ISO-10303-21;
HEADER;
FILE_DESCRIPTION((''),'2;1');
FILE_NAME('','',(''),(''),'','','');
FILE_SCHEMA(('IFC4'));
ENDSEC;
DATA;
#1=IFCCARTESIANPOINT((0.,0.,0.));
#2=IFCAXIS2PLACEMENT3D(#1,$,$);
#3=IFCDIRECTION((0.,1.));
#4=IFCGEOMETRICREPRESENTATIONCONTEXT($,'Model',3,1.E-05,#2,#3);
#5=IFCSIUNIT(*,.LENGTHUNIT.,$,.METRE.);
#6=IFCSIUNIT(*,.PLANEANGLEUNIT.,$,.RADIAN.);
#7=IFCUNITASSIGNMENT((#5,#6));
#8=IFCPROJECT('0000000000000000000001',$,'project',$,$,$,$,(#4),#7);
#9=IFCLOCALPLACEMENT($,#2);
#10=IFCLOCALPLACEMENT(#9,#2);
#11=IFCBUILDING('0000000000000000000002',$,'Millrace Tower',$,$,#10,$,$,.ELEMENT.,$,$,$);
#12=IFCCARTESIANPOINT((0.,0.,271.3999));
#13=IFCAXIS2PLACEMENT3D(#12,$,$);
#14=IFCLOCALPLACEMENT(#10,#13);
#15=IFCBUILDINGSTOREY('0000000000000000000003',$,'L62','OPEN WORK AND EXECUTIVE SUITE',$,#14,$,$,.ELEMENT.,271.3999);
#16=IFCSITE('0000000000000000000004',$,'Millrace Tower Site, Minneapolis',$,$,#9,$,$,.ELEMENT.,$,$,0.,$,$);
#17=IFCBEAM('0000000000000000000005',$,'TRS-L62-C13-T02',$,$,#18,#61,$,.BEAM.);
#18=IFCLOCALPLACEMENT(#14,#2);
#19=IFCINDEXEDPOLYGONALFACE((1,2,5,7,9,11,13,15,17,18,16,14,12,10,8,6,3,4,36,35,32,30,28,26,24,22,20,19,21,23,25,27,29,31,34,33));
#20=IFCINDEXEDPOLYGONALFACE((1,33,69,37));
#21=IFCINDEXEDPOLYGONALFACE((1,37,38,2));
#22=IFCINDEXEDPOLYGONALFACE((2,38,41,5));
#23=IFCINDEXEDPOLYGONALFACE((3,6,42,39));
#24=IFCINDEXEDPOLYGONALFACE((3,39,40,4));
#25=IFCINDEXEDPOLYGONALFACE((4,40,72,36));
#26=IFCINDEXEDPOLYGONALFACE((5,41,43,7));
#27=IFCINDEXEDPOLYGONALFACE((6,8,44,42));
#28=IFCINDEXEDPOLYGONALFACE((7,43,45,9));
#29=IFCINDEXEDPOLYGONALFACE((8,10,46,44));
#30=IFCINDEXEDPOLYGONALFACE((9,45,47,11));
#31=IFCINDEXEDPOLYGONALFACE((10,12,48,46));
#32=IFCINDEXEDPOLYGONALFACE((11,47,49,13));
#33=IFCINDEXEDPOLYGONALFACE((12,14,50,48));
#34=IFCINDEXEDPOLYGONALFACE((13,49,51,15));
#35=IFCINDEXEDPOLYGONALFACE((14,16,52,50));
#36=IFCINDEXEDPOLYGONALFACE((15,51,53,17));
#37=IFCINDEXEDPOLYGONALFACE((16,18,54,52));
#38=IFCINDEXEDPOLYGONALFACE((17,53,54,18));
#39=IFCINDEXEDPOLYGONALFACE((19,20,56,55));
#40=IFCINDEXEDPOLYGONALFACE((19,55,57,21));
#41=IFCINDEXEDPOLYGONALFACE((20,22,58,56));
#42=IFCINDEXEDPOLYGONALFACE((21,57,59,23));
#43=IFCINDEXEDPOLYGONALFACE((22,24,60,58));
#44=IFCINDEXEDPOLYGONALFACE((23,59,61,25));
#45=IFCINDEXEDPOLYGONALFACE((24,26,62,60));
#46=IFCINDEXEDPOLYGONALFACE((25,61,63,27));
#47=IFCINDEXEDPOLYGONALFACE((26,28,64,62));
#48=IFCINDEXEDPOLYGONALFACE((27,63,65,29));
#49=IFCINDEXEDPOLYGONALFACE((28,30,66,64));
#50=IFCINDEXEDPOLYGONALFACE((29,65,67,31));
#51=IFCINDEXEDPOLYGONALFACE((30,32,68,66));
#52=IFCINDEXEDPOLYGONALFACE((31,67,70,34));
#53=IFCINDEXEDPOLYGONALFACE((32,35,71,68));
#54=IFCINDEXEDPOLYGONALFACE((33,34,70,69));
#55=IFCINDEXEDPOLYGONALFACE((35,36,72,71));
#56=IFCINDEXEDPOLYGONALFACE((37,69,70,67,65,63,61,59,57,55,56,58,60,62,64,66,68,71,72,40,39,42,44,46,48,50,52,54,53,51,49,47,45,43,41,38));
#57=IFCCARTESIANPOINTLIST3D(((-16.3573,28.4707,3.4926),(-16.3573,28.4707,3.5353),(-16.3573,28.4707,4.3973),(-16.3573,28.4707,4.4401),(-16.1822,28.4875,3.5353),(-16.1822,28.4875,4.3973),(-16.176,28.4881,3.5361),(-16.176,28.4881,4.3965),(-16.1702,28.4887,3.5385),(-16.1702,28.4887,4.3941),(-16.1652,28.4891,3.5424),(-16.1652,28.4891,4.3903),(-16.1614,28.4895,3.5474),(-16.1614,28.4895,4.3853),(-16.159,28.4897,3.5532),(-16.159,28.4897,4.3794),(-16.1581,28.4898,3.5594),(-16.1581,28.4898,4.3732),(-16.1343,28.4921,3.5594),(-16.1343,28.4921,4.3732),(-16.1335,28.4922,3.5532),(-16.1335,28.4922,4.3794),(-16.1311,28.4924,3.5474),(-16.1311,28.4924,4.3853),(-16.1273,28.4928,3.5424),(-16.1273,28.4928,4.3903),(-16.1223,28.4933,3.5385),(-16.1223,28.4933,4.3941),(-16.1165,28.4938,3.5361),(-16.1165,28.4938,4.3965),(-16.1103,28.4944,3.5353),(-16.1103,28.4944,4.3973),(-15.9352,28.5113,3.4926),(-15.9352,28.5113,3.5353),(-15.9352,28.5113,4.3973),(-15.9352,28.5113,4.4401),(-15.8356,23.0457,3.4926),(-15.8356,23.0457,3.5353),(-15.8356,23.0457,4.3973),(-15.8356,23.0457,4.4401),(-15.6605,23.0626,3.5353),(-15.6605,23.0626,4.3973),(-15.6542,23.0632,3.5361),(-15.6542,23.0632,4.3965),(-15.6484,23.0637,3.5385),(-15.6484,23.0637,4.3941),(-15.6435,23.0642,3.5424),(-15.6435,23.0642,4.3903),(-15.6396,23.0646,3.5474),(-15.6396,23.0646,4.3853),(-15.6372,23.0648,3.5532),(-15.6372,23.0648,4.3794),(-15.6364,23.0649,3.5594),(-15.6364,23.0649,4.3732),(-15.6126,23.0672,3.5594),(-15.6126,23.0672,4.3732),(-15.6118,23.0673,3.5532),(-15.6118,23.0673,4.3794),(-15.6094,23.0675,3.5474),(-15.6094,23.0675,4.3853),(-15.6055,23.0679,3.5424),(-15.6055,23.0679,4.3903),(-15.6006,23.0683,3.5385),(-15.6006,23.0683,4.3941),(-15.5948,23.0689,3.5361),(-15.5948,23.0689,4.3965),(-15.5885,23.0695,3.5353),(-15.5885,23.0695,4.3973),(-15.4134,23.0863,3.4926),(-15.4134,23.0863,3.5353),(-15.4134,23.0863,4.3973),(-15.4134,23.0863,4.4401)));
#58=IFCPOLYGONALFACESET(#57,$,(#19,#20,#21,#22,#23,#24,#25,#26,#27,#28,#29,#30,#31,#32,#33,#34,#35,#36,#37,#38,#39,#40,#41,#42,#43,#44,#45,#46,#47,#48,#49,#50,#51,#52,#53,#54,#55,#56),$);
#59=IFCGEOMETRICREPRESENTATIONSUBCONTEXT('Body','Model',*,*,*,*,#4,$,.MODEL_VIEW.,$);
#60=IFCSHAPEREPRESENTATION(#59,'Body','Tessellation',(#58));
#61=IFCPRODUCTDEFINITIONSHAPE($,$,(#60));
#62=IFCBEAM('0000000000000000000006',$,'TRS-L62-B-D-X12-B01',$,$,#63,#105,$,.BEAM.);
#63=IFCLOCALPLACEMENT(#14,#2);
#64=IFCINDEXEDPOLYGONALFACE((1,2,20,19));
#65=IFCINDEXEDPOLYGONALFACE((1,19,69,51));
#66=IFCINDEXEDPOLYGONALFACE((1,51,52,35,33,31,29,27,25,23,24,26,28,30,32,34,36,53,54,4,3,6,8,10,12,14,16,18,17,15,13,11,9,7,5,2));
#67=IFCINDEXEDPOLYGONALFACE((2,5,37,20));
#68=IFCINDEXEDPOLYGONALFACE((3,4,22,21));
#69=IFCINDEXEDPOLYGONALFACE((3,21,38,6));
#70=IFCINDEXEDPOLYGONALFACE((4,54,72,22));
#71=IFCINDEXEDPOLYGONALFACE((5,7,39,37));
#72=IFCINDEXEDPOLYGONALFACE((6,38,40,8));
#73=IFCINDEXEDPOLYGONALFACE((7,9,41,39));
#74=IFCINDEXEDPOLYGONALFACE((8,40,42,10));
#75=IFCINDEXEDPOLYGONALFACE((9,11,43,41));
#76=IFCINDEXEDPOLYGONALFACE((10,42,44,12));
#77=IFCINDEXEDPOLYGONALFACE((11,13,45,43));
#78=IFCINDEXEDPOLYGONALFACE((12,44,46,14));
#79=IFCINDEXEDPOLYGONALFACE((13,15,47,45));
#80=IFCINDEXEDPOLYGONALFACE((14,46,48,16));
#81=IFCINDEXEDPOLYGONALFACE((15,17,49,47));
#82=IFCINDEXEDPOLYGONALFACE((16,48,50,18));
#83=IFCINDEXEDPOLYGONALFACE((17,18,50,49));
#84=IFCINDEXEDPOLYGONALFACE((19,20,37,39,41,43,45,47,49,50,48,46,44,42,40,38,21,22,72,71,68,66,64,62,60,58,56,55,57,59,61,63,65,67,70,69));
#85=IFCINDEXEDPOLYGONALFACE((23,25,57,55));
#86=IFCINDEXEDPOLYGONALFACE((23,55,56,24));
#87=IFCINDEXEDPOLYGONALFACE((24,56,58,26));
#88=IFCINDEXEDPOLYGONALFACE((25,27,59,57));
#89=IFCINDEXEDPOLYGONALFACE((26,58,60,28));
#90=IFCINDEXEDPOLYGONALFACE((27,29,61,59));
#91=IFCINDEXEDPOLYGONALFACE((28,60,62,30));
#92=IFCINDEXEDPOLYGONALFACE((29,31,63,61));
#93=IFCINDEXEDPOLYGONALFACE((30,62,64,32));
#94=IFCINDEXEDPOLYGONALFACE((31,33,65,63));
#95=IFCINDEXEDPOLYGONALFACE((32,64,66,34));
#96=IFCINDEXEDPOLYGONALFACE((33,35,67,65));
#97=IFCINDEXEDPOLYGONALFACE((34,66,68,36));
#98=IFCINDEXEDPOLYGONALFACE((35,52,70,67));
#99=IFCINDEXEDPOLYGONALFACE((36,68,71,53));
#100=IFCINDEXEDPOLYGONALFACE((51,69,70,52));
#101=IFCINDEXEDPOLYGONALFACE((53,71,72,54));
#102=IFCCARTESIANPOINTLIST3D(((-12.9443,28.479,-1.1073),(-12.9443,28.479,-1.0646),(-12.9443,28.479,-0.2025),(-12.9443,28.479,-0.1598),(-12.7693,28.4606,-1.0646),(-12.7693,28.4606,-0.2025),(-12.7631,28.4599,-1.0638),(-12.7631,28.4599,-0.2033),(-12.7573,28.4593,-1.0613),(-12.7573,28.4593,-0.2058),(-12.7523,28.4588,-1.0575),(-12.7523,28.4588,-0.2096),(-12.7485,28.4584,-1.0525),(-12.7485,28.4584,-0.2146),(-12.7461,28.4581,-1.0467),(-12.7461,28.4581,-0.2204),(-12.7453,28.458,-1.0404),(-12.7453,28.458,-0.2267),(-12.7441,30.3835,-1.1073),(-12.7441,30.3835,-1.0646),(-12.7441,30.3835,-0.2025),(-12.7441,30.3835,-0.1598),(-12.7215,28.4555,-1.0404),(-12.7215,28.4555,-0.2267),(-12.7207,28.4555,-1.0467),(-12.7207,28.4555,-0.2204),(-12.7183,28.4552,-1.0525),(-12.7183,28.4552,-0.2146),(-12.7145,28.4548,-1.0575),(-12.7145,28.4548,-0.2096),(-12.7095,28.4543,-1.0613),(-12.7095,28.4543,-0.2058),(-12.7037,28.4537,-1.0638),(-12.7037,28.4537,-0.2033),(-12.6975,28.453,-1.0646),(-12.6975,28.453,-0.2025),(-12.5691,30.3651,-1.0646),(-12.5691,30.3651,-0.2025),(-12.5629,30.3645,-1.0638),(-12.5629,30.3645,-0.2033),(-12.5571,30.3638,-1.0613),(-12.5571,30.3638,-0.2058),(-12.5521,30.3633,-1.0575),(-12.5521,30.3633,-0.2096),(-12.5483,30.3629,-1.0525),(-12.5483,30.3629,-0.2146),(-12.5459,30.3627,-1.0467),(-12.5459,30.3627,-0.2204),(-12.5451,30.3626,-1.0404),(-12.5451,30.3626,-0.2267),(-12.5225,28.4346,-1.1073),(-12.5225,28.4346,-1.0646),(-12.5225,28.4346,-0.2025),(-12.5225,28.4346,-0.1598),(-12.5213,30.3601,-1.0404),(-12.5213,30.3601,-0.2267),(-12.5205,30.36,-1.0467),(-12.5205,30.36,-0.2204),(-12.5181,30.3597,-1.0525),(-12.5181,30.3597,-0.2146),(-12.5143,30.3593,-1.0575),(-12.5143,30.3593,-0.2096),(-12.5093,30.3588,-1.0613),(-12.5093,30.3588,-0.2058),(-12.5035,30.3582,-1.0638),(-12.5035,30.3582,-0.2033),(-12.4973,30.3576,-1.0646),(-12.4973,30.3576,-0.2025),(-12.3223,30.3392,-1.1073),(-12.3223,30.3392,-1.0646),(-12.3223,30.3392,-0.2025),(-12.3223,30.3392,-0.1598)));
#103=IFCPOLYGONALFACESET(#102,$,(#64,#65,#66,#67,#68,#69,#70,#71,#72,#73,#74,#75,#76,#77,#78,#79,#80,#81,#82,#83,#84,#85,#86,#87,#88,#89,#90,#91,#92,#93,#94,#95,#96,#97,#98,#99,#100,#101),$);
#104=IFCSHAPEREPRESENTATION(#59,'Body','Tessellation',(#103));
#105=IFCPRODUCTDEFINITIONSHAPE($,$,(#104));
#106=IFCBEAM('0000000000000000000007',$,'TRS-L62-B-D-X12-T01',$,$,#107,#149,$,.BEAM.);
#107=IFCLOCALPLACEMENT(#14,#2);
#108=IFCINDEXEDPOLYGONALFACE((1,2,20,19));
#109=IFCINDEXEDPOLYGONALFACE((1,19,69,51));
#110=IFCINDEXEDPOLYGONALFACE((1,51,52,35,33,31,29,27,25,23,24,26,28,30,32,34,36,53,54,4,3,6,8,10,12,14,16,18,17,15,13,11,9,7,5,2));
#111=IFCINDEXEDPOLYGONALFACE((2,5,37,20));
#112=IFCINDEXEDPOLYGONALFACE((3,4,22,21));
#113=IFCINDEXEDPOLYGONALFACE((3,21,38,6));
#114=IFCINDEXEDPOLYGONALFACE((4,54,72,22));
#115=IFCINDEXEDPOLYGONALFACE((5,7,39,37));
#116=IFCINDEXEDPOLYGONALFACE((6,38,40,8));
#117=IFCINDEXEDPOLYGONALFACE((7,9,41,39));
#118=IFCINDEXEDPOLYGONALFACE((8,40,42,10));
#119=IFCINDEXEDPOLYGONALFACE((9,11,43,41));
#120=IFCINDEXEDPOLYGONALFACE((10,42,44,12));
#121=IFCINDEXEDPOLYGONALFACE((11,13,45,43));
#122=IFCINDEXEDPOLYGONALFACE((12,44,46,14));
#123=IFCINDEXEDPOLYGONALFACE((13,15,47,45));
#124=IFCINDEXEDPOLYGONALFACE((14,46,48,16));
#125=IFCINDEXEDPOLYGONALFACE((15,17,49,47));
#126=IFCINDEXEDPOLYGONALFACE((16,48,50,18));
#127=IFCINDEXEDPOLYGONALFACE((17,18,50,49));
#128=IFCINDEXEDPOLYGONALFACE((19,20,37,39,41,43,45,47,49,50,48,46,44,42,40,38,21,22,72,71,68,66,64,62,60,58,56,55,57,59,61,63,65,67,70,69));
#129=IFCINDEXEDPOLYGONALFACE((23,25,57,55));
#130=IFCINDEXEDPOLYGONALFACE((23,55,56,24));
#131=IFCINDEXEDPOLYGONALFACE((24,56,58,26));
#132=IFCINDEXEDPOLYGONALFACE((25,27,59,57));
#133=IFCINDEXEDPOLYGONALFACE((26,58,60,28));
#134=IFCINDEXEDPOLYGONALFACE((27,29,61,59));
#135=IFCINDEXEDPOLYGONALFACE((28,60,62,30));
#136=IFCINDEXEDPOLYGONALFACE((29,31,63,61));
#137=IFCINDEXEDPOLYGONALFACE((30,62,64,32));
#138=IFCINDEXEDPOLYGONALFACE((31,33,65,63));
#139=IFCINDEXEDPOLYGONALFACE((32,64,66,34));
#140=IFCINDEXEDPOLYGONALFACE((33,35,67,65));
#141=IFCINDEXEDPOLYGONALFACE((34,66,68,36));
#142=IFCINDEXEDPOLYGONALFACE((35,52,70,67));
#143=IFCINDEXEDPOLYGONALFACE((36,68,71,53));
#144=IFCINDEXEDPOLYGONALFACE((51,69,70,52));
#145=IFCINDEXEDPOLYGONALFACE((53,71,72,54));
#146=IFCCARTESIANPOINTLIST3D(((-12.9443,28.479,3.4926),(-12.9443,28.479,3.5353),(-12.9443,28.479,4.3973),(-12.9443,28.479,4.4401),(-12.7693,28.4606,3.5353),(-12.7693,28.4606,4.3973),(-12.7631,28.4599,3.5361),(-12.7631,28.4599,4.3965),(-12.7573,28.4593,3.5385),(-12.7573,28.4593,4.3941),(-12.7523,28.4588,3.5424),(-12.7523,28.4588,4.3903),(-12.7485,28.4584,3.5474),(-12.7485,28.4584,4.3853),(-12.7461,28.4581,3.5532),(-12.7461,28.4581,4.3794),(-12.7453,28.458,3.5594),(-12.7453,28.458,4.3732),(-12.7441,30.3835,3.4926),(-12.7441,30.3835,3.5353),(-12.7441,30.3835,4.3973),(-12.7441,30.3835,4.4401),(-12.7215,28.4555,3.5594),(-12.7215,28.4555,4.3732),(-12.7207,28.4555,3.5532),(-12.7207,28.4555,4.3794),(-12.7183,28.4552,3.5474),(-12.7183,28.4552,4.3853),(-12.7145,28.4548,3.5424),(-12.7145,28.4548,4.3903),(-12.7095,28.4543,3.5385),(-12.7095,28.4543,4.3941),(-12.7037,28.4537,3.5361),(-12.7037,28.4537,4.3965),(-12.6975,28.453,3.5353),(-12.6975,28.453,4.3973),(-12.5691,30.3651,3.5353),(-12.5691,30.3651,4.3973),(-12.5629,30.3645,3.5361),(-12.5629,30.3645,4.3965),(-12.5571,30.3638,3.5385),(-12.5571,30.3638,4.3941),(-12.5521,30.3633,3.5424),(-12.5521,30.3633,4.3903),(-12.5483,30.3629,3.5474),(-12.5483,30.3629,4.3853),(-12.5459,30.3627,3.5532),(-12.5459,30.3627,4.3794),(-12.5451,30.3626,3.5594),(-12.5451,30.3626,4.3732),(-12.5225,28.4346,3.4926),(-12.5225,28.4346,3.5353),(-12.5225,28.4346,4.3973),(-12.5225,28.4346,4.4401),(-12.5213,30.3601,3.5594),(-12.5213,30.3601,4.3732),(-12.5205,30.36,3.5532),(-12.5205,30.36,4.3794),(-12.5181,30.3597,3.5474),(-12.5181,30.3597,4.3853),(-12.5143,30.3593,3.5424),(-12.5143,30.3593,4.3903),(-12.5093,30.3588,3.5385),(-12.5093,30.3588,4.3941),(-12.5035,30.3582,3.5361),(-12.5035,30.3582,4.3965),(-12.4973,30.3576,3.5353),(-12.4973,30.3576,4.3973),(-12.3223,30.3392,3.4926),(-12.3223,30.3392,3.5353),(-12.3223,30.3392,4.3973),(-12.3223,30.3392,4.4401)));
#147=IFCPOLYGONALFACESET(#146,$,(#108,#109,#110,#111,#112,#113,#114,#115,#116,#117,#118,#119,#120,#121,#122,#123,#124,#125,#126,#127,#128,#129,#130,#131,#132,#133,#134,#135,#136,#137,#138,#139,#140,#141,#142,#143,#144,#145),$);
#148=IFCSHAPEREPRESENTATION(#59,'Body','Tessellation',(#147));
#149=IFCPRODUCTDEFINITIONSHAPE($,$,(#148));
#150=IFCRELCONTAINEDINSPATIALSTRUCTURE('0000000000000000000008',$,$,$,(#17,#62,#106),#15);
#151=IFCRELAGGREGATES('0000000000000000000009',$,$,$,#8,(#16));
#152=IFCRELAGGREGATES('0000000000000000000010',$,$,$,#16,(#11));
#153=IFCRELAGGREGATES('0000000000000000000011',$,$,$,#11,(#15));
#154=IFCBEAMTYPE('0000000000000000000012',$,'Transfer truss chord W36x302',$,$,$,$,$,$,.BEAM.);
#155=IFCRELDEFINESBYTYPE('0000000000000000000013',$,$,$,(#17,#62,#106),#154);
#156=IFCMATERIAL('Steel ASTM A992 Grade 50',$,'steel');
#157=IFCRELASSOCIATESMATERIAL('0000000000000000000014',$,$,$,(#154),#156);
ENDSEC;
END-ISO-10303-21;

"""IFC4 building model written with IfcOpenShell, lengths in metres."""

from ifc_helpers import new_model, si_unit, direction, frame, origin, origin_2d, place, context, subcontext, project, spatial, i_section, extrude, material, material_profile, profile_set, type_object, element, save


model = new_model("IFC4")

# Units and contexts
model_context = context("Model", 3, precision=1e-05, world=origin(), true_north=direction((0.0, 1.0)))
body_context = subcontext(model_context, "Body", "Model", "MODEL_VIEW")
ifc_project = project(units=[si_unit("LENGTHUNIT", "METRE"), si_unit("PLANEANGLEUNIT", "RADIAN")], contexts=[model_context])

# Site, building, storey
site_placement = place(None, origin())
site = spatial("IfcSite", under=ifc_project, at=site_placement, Name="Millrace Tower Site, Minneapolis", CompositionType="ELEMENT", RefElevation=0.0)
building_placement = place(site_placement, origin())
building = spatial("IfcBuilding", under=site, at=building_placement, Name="Millrace Tower", CompositionType="ELEMENT")
storey_placement = place(building_placement, frame((0.0, 0.0, 271.3999)))
storey = spatial("IfcBuildingStorey", under=building, at=storey_placement, Name="L62", Description="OPEN WORK AND EXECUTIVE SUITE", CompositionType="ELEMENT", Elevation=271.3999)

# Beams
ifc_material_1 = material(Name="Steel ASTM A992 Grade 50", Category="steel")
ifc_material_profile_1 = material_profile(ifc_material_1, i_section(OverallWidth=0.4241, OverallDepth=0.9475, WebThickness=0.0239, FlangeThickness=0.0427, FilletRadius=0.0242, at=origin_2d()))
ifc_profile_set_1 = profile_set([ifc_material_profile_1], Name="Steel ASTM A992 Grade 50")
beam_type_1 = type_object("IfcBeamType", Name="Transfer truss chord W36x302", PredefinedType="BEAM", material=ifc_profile_set_1)
for number, where, z_axis, x_axis, name in (
    (1, (-16.1462, 28.491, 3.9663), (0.095733, -0.995407, 0.0), (0.995407, 0.095733, 0.0), "TRS-L62-C13-T02"),
):
    element("IfcBeam", number, at=place(storey_placement, frame(where, z_axis=z_axis, x_axis=x_axis)), inside=storey, type_object=beam_type_1, Name=name, PredefinedType="BEAM", context=body_context, shape_type="SweptSolid", body=[
        extrude(i_section(OverallWidth=0.4241, OverallDepth=0.9475, WebThickness=0.0239, FlangeThickness=0.0427, FilletRadius=0.0242, at=origin_2d()), origin(), (0.0, 0.0, 1.0), 5.45),
    ])
for number, where, z_axis, x_axis, name in (
    (2, (-12.7334, 28.4568, -0.6335), (0.104539, 0.994521, 0.0), (-0.994521, 0.104539, 0.0), "TRS-L62-B-D-X12-B01"),
    (3, (-12.7334, 28.4568, 3.9663), (0.104539, 0.994521, 0.0), (-0.994521, 0.104539, 0.0), "TRS-L62-B-D-X12-T01"),
):
    element("IfcBeam", number, at=place(storey_placement, frame(where, z_axis=z_axis, x_axis=x_axis)), inside=storey, type_object=beam_type_1, Name=name, PredefinedType="BEAM", context=body_context, shape_type="SweptSolid", body=[
        extrude(i_section(OverallWidth=0.4241, OverallDepth=0.9475, WebThickness=0.0239, FlangeThickness=0.0427, FilletRadius=0.0242, at=origin_2d()), origin(), (0.0, 0.0, 1.0), 1.915),
    ])

save(model, "model.ifc")
